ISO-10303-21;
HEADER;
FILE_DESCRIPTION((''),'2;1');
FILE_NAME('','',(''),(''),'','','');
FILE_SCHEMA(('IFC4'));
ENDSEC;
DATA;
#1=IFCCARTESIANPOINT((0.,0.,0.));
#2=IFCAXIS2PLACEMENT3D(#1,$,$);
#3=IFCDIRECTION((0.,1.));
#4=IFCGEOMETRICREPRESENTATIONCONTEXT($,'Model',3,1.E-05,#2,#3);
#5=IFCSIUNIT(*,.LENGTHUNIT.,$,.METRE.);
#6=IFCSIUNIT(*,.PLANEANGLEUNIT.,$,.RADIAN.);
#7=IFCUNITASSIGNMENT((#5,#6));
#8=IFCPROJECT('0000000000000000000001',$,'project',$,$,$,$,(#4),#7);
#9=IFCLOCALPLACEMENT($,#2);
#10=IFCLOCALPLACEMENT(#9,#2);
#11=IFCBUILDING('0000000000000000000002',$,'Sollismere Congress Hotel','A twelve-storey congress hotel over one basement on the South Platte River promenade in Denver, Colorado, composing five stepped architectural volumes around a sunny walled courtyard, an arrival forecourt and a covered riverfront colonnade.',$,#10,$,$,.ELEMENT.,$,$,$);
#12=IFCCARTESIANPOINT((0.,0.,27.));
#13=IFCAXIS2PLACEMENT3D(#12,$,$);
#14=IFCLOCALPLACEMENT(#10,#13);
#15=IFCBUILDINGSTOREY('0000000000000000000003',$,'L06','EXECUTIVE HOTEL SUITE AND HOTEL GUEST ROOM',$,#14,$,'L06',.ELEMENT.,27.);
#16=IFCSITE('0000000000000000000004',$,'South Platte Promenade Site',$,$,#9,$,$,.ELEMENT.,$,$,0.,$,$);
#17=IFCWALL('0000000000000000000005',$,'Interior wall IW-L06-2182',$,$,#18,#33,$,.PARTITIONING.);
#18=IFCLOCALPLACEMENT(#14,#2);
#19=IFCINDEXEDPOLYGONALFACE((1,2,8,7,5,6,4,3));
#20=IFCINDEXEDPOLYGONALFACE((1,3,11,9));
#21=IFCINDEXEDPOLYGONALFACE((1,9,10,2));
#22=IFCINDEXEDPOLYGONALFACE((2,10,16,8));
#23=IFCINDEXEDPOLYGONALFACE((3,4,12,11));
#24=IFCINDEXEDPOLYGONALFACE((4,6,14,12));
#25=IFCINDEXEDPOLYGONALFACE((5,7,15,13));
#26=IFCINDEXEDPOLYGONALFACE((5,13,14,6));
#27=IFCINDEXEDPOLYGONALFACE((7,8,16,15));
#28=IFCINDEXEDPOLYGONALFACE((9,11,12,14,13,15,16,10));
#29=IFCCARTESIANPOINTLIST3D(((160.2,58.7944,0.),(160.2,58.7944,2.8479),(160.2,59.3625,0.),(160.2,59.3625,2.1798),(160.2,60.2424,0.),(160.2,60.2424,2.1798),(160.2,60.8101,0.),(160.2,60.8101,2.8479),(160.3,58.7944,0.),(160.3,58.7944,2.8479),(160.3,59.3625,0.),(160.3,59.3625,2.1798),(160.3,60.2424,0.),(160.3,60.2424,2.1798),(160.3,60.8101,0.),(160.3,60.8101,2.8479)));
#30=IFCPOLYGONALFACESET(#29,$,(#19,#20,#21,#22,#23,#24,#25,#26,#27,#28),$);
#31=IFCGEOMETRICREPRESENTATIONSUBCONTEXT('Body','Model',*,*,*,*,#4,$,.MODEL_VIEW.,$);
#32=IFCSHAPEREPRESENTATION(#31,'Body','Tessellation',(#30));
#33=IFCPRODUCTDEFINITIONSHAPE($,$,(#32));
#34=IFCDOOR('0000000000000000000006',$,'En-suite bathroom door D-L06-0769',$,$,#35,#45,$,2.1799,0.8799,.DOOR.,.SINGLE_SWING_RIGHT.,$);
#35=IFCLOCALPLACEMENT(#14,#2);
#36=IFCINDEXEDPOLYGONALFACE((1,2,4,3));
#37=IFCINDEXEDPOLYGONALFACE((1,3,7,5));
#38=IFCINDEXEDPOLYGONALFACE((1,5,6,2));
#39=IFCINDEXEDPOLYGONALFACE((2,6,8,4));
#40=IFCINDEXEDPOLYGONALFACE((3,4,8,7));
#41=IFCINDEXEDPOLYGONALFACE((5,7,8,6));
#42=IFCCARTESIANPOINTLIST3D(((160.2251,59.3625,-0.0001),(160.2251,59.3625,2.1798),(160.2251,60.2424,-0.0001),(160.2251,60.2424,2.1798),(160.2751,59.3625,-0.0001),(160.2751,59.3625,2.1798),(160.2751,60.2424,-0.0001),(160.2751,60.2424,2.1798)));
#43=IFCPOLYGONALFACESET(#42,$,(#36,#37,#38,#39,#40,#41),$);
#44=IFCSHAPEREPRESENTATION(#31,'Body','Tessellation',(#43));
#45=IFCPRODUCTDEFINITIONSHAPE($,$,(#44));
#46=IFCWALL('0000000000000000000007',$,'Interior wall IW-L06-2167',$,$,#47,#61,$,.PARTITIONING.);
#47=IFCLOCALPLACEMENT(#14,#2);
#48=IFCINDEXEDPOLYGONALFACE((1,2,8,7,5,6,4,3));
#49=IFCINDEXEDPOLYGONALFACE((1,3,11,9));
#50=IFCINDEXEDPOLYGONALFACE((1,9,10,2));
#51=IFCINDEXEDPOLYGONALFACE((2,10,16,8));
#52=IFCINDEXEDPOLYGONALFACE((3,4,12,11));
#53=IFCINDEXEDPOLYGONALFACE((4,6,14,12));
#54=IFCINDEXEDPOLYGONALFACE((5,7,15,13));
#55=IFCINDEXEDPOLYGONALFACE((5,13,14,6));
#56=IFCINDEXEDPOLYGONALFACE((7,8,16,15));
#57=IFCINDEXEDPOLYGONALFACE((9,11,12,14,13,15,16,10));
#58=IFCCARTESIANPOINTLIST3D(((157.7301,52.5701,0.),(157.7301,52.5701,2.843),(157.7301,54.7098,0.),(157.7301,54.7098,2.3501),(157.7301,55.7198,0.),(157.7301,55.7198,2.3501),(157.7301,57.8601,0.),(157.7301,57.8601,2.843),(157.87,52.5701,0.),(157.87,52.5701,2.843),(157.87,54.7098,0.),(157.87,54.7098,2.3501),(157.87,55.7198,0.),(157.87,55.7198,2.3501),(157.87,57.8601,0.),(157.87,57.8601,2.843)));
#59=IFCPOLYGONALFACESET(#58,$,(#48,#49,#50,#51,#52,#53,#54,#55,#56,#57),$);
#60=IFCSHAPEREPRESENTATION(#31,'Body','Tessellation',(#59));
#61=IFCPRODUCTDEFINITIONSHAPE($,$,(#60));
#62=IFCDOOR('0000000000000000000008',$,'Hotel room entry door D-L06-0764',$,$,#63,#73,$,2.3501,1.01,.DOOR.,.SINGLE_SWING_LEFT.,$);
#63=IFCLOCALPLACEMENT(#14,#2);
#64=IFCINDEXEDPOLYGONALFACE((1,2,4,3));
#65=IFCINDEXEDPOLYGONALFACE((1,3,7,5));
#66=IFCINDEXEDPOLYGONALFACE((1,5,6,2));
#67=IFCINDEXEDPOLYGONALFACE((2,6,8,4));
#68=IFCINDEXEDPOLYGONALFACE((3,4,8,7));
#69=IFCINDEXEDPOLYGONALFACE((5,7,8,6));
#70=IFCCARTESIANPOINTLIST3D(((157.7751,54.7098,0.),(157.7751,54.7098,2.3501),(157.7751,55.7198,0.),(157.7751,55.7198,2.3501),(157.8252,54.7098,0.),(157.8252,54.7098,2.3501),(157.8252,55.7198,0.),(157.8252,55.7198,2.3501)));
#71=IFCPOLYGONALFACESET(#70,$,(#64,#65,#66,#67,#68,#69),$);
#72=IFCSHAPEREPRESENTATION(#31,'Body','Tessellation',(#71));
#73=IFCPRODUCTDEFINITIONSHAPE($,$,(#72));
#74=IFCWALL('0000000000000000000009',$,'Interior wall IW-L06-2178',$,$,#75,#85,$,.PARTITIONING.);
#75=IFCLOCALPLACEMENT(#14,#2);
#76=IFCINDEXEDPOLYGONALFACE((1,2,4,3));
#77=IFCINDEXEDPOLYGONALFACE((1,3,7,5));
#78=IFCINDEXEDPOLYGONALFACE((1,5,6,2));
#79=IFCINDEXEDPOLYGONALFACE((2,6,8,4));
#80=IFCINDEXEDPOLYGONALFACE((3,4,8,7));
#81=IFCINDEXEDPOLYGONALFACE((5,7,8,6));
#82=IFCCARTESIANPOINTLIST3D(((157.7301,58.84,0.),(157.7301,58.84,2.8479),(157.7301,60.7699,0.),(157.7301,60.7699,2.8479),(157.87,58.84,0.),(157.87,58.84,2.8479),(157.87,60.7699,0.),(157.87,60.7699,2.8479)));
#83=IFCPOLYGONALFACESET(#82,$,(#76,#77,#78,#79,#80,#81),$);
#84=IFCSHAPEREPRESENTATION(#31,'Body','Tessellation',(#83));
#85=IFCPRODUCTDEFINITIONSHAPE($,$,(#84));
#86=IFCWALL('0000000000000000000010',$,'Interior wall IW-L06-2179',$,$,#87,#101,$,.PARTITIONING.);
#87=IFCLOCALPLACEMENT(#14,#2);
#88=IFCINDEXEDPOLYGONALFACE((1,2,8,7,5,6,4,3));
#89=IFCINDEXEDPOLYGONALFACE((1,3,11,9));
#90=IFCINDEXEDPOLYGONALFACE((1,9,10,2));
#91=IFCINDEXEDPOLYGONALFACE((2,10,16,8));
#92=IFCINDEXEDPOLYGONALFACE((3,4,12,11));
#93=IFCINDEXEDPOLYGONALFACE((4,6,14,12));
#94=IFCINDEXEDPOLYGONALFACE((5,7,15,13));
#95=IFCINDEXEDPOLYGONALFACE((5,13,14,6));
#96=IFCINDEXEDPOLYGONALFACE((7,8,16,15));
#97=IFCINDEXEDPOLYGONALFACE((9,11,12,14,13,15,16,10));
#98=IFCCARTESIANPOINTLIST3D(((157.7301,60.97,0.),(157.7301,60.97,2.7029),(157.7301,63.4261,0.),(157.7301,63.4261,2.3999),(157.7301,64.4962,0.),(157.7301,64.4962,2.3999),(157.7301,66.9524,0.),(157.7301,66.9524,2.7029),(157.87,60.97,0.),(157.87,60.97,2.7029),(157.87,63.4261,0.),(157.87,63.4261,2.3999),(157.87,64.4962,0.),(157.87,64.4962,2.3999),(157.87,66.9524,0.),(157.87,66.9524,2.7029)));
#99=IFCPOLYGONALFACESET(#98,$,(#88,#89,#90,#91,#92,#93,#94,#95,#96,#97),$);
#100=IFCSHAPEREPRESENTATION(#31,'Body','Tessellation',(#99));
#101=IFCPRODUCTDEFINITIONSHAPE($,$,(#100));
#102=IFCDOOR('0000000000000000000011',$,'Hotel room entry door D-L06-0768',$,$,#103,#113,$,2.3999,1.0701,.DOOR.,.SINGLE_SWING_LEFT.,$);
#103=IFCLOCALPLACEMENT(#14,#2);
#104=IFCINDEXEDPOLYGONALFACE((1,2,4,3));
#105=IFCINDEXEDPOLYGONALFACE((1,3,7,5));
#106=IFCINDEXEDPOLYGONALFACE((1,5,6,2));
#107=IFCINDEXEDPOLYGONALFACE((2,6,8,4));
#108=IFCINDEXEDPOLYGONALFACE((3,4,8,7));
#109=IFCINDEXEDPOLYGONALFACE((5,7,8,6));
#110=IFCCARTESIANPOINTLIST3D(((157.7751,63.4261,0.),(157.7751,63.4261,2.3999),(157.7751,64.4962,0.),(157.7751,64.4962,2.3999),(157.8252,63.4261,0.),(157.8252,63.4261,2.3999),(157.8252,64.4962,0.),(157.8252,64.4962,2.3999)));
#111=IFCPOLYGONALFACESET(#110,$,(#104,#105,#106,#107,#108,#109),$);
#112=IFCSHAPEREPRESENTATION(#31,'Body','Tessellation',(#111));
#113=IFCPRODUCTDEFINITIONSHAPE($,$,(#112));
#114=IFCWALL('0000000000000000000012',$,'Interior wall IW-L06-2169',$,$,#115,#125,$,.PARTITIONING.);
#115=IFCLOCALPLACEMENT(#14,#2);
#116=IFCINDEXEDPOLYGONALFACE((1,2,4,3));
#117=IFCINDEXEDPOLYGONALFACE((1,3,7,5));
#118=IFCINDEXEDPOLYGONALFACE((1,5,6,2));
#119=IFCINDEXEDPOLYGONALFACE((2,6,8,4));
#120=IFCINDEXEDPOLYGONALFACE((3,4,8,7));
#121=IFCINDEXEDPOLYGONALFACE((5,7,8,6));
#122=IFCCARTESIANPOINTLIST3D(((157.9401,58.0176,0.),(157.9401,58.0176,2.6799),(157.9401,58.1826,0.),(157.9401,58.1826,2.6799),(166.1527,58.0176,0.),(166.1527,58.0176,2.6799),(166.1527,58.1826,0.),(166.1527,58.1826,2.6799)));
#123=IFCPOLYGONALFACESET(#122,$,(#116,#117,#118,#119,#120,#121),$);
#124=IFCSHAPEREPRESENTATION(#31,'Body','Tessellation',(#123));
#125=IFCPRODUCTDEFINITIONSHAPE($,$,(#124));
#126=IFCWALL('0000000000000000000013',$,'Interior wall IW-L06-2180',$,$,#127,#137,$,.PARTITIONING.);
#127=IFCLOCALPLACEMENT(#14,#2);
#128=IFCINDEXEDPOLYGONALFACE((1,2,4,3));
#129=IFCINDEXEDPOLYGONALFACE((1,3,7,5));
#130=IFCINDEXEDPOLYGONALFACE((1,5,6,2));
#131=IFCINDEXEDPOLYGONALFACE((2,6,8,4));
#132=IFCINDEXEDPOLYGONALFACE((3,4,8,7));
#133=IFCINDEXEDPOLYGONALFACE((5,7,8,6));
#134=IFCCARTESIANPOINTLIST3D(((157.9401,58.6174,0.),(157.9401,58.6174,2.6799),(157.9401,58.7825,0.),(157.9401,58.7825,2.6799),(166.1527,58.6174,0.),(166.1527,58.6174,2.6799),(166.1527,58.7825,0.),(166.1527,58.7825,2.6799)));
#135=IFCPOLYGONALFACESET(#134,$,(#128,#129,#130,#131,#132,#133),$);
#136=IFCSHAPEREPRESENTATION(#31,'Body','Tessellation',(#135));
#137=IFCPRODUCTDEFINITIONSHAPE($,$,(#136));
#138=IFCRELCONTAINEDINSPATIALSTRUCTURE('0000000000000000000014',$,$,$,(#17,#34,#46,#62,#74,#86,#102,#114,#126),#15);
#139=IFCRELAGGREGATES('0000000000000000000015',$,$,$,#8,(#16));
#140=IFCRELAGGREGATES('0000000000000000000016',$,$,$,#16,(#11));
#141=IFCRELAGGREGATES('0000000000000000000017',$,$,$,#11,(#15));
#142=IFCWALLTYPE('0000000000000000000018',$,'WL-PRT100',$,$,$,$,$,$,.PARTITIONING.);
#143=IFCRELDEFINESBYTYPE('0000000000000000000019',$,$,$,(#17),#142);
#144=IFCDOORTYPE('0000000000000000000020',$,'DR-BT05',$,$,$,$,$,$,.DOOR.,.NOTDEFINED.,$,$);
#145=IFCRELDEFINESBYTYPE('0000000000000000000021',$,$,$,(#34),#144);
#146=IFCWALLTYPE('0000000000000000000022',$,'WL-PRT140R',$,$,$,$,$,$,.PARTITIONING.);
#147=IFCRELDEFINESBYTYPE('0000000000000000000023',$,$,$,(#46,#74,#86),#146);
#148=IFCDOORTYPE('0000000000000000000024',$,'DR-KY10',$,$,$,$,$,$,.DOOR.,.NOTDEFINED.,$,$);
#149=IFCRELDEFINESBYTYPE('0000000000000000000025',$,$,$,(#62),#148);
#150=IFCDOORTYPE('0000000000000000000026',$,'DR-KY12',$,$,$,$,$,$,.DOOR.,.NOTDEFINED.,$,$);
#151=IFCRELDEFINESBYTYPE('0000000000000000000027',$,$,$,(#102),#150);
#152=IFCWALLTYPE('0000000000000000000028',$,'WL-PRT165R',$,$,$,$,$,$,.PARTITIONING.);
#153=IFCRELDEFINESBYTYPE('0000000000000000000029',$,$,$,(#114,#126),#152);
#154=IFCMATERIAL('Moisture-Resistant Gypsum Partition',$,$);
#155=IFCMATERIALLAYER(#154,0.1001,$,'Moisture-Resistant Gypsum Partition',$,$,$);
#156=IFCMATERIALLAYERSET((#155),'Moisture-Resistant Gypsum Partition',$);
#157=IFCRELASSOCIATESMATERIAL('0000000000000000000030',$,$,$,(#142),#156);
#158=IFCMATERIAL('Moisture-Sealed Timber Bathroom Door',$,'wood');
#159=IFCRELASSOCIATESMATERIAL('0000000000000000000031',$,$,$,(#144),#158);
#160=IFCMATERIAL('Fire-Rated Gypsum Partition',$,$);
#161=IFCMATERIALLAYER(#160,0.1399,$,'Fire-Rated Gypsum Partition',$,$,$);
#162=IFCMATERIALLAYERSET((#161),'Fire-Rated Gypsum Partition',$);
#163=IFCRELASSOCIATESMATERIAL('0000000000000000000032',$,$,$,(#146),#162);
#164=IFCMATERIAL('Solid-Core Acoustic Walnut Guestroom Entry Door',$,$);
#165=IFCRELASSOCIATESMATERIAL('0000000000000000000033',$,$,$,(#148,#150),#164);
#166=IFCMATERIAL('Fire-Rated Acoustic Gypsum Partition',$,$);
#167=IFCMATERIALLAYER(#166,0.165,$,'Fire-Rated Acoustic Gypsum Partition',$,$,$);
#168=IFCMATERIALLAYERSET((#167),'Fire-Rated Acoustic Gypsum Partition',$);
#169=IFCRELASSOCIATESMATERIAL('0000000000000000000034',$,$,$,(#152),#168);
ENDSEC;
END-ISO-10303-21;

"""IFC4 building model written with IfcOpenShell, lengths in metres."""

from ifc_helpers import new_model, si_unit, direction, frame, frame_2d, origin, place, context, subcontext, project, spatial, rectangle, extrude, material, layer, layer_set, type_object, element, fill, save


model = new_model("IFC4")

# Units and contexts
model_context = context("Model", 3, precision=1e-05, world=origin(), true_north=direction((0.0, 1.0)))
body_context = subcontext(model_context, "Body", "Model", "MODEL_VIEW")
ifc_project = project(units=[si_unit("LENGTHUNIT", "METRE"), si_unit("PLANEANGLEUNIT", "RADIAN")], contexts=[model_context])

# Site, building, storey
site_placement = place(None, origin())
site = spatial("IfcSite", under=ifc_project, at=site_placement, Name="South Platte Promenade Site", CompositionType="ELEMENT", RefElevation=0.0)
building_placement = place(site_placement, origin())
building = spatial("IfcBuilding", under=site, at=building_placement, Name="Sollismere Congress Hotel", Description="A twelve-storey congress hotel over one basement on the South Platte River promenade in Denver, Colorado, composing five stepped architectural volumes around a sunny walled courtyard, an arrival forecourt and a covered riverfront colonnade.", CompositionType="ELEMENT")
storey_placement = place(building_placement, frame((0.0, 0.0, 27.0)))
storey = spatial("IfcBuildingStorey", under=building, at=storey_placement, Name="L06", Description="EXECUTIVE HOTEL SUITE AND HOTEL GUEST ROOM", LongName="L06", CompositionType="ELEMENT", Elevation=27.0)

# Walls, openings, doors
ifc_material_1 = material(Name="Moisture-Resistant Gypsum Partition")
ifc_layer_1 = layer(ifc_material_1, 0.1001, Name="Moisture-Resistant Gypsum Partition")
ifc_layer_set_1 = layer_set([ifc_layer_1], Name="Moisture-Resistant Gypsum Partition")
wall_type_1 = type_object("IfcWallType", Name="WL-PRT100", PredefinedType="PARTITIONING", material=ifc_layer_set_1)
wall_1_placement = place(storey_placement, frame((160.25, 58.7944, 0.0), z_axis=(0.0, 0.0, 1.0), x_axis=(0.0, 1.0, 0.0)))
wall_1 = element("IfcWall", 1, at=wall_1_placement, inside=storey, type_object=wall_type_1, Name="Interior wall IW-L06-2182", PredefinedType="PARTITIONING", context=body_context, shape_type="SweptSolid", body=[
    extrude(rectangle(XDim=2.0156, YDim=0.1001, at=frame_2d((1.0078, 0.0))), origin(), (0.0, 0.0, 1.0), 2.8479),
])
opening_1_placement = place(wall_1_placement, frame((0.5681, 0.0, 0.0)))
opening_1 = element("IfcOpeningElement", 2, at=opening_1_placement, cuts=wall_1, PredefinedType="OPENING", context=body_context, shape_type="SweptSolid", body=[
    extrude(rectangle(XDim=0.8799, YDim=2.1799, at=frame_2d((0.4399, 1.0898))), frame((0.0, 0.0601, 0.0), z_axis=(0.0, -1.0, 0.0), x_axis=(1.0, 0.0, 0.0)), (0.0, 0.0, 1.0), 0.1201),
])
ifc_material_2 = material(Name="Moisture-Sealed Timber Bathroom Door", Category="wood")
door_type_1 = type_object("IfcDoorType", Name="DR-BT05", OperationType="NOTDEFINED", PredefinedType="DOOR", material=ifc_material_2)
door_1_placement = place(opening_1_placement, origin())
door_1 = element("IfcDoor", 3, at=door_1_placement, inside=storey, type_object=door_type_1, Name="En-suite bathroom door D-L06-0769", OperationType="SINGLE_SWING_RIGHT", OverallHeight=2.1799, OverallWidth=0.8799, PredefinedType="DOOR", context=body_context, shape_type="SweptSolid", body=[
    extrude(rectangle(XDim=0.8799, YDim=2.1799, at=frame_2d((0.4399, 1.0898))), frame((0.0, 0.0249, 0.0), z_axis=(0.0, -1.0, 0.0), x_axis=(1.0, 0.0, 0.0)), (0.0, 0.0, 1.0), 0.05),
])
fill(opening_1, door_1)
ifc_material_3 = material(Name="Fire-Rated Gypsum Partition")
ifc_layer_2 = layer(ifc_material_3, 0.1399, Name="Fire-Rated Gypsum Partition")
ifc_layer_set_2 = layer_set([ifc_layer_2], Name="Fire-Rated Gypsum Partition")
wall_type_2 = type_object("IfcWallType", Name="WL-PRT140R", PredefinedType="PARTITIONING", material=ifc_layer_set_2)
wall_2_placement = place(storey_placement, frame((157.8, 52.5701, 0.0), z_axis=(0.0, 0.0, 1.0), x_axis=(0.0, 1.0, 0.0)))
wall_2 = element("IfcWall", 4, at=wall_2_placement, inside=storey, type_object=wall_type_2, Name="Interior wall IW-L06-2167", PredefinedType="PARTITIONING", context=body_context, shape_type="SweptSolid", body=[
    extrude(rectangle(XDim=5.29, YDim=0.1399, at=frame_2d((2.645, 0.0))), origin(), (0.0, 0.0, 1.0), 2.843),
])
opening_2_placement = place(wall_2_placement, frame((2.1399, 0.0, 0.0)))
opening_2 = element("IfcOpeningElement", 5, at=opening_2_placement, cuts=wall_2, PredefinedType="OPENING", context=body_context, shape_type="SweptSolid", body=[
    extrude(rectangle(XDim=1.01, YDim=2.3501, at=frame_2d((0.5049, 1.175))), frame((0.0, 0.0798, 0.0), z_axis=(0.0, -1.0, 0.0), x_axis=(1.0, 0.0, 0.0)), (0.0, 0.0, 1.0), 0.1599),
])
ifc_material_4 = material(Name="Solid-Core Acoustic Walnut Guestroom Entry Door")
door_type_2 = type_object("IfcDoorType", Name="DR-KY10", OperationType="NOTDEFINED", PredefinedType="DOOR", material=ifc_material_4)
door_2_placement = place(opening_2_placement, origin())
door_2 = element("IfcDoor", 6, at=door_2_placement, inside=storey, type_object=door_type_2, Name="Hotel room entry door D-L06-0764", OperationType="SINGLE_SWING_LEFT", OverallHeight=2.3501, OverallWidth=1.01, PredefinedType="DOOR", context=body_context, shape_type="SweptSolid", body=[
    extrude(rectangle(XDim=1.01, YDim=2.3501, at=frame_2d((0.5049, 1.175))), frame((0.0, 0.0249, 0.0), z_axis=(0.0, -1.0, 0.0), x_axis=(1.0, 0.0, 0.0)), (0.0, 0.0, 1.0), 0.05),
])
fill(opening_2, door_2)

# Wall
wall_3_placement = place(storey_placement, frame((157.8, 58.8401, 0.0), z_axis=(0.0, 0.0, 1.0), x_axis=(0.0, 1.0, 0.0)))
element("IfcWall", 7, at=wall_3_placement, inside=storey, type_object=wall_type_2, Name="Interior wall IW-L06-2178", PredefinedType="PARTITIONING", context=body_context, shape_type="SweptSolid", body=[
    extrude(rectangle(XDim=1.9299, YDim=0.1399, at=frame_2d((0.9648, 0.0))), origin(), (0.0, 0.0, 1.0), 2.8479),
])

# Wall, opening, door
wall_4_placement = place(storey_placement, frame((157.8, 60.97, 0.0), z_axis=(0.0, 0.0, 1.0), x_axis=(0.0, 1.0, 0.0)))
wall_4 = element("IfcWall", 8, at=wall_4_placement, inside=storey, type_object=wall_type_2, Name="Interior wall IW-L06-2179", PredefinedType="PARTITIONING", context=body_context, shape_type="SweptSolid", body=[
    extrude(rectangle(XDim=5.9824, YDim=0.1399, at=frame_2d((2.9912, 0.0))), origin(), (0.0, 0.0, 1.0), 2.7029),
])
opening_3_placement = place(wall_4_placement, frame((2.4561, 0.0, 0.0)))
opening_3 = element("IfcOpeningElement", 9, at=opening_3_placement, cuts=wall_4, PredefinedType="OPENING", context=body_context, shape_type="SweptSolid", body=[
    extrude(rectangle(XDim=1.0701, YDim=2.3999, at=frame_2d((0.5352, 1.2))), frame((0.0, 0.0798, 0.0), z_axis=(0.0, -1.0, 0.0), x_axis=(1.0, 0.0, 0.0)), (0.0, 0.0, 1.0), 0.1599),
])
door_type_3 = type_object("IfcDoorType", Name="DR-KY12", OperationType="NOTDEFINED", PredefinedType="DOOR", material=ifc_material_4)
door_3_placement = place(opening_3_placement, origin())
door_3 = element("IfcDoor", 10, at=door_3_placement, inside=storey, type_object=door_type_3, Name="Hotel room entry door D-L06-0768", OperationType="SINGLE_SWING_LEFT", OverallHeight=2.3999, OverallWidth=1.0701, PredefinedType="DOOR", context=body_context, shape_type="SweptSolid", body=[
    extrude(rectangle(XDim=1.0701, YDim=2.3999, at=frame_2d((0.5352, 1.2))), frame((0.0, 0.0249, 0.0), z_axis=(0.0, -1.0, 0.0), x_axis=(1.0, 0.0, 0.0)), (0.0, 0.0, 1.0), 0.05),
])
fill(opening_3, door_3)

# Walls
ifc_material_5 = material(Name="Fire-Rated Acoustic Gypsum Partition")
ifc_layer_3 = layer(ifc_material_5, 0.165, Name="Fire-Rated Acoustic Gypsum Partition")
ifc_layer_set_3 = layer_set([ifc_layer_3], Name="Fire-Rated Acoustic Gypsum Partition")
wall_type_3 = type_object("IfcWallType", Name="WL-PRT165R", PredefinedType="PARTITIONING", material=ifc_layer_set_3)
for number, where, z_axis, x_axis, name in (
    (11, (157.9399, 58.1001, 0.0), (0.0, 0.0, 1.0), (1.0, 0.0, 0.0), "Interior wall IW-L06-2169"),
    (12, (157.9399, 58.7, 0.0), (0.0, 0.0, 1.0), (1.0, 0.0, 0.0), "Interior wall IW-L06-2180"),
):
    element("IfcWall", number, at=place(storey_placement, frame(where, z_axis=z_axis, x_axis=x_axis)), inside=storey, type_object=wall_type_3, Name=name, PredefinedType="PARTITIONING", context=body_context, shape_type="SweptSolid", body=[
        extrude(rectangle(XDim=8.2126, YDim=0.165, at=frame_2d((4.1064, 0.0))), origin(), (0.0, 0.0, 1.0), 2.6799),
    ])

save(model, "model.ifc")
